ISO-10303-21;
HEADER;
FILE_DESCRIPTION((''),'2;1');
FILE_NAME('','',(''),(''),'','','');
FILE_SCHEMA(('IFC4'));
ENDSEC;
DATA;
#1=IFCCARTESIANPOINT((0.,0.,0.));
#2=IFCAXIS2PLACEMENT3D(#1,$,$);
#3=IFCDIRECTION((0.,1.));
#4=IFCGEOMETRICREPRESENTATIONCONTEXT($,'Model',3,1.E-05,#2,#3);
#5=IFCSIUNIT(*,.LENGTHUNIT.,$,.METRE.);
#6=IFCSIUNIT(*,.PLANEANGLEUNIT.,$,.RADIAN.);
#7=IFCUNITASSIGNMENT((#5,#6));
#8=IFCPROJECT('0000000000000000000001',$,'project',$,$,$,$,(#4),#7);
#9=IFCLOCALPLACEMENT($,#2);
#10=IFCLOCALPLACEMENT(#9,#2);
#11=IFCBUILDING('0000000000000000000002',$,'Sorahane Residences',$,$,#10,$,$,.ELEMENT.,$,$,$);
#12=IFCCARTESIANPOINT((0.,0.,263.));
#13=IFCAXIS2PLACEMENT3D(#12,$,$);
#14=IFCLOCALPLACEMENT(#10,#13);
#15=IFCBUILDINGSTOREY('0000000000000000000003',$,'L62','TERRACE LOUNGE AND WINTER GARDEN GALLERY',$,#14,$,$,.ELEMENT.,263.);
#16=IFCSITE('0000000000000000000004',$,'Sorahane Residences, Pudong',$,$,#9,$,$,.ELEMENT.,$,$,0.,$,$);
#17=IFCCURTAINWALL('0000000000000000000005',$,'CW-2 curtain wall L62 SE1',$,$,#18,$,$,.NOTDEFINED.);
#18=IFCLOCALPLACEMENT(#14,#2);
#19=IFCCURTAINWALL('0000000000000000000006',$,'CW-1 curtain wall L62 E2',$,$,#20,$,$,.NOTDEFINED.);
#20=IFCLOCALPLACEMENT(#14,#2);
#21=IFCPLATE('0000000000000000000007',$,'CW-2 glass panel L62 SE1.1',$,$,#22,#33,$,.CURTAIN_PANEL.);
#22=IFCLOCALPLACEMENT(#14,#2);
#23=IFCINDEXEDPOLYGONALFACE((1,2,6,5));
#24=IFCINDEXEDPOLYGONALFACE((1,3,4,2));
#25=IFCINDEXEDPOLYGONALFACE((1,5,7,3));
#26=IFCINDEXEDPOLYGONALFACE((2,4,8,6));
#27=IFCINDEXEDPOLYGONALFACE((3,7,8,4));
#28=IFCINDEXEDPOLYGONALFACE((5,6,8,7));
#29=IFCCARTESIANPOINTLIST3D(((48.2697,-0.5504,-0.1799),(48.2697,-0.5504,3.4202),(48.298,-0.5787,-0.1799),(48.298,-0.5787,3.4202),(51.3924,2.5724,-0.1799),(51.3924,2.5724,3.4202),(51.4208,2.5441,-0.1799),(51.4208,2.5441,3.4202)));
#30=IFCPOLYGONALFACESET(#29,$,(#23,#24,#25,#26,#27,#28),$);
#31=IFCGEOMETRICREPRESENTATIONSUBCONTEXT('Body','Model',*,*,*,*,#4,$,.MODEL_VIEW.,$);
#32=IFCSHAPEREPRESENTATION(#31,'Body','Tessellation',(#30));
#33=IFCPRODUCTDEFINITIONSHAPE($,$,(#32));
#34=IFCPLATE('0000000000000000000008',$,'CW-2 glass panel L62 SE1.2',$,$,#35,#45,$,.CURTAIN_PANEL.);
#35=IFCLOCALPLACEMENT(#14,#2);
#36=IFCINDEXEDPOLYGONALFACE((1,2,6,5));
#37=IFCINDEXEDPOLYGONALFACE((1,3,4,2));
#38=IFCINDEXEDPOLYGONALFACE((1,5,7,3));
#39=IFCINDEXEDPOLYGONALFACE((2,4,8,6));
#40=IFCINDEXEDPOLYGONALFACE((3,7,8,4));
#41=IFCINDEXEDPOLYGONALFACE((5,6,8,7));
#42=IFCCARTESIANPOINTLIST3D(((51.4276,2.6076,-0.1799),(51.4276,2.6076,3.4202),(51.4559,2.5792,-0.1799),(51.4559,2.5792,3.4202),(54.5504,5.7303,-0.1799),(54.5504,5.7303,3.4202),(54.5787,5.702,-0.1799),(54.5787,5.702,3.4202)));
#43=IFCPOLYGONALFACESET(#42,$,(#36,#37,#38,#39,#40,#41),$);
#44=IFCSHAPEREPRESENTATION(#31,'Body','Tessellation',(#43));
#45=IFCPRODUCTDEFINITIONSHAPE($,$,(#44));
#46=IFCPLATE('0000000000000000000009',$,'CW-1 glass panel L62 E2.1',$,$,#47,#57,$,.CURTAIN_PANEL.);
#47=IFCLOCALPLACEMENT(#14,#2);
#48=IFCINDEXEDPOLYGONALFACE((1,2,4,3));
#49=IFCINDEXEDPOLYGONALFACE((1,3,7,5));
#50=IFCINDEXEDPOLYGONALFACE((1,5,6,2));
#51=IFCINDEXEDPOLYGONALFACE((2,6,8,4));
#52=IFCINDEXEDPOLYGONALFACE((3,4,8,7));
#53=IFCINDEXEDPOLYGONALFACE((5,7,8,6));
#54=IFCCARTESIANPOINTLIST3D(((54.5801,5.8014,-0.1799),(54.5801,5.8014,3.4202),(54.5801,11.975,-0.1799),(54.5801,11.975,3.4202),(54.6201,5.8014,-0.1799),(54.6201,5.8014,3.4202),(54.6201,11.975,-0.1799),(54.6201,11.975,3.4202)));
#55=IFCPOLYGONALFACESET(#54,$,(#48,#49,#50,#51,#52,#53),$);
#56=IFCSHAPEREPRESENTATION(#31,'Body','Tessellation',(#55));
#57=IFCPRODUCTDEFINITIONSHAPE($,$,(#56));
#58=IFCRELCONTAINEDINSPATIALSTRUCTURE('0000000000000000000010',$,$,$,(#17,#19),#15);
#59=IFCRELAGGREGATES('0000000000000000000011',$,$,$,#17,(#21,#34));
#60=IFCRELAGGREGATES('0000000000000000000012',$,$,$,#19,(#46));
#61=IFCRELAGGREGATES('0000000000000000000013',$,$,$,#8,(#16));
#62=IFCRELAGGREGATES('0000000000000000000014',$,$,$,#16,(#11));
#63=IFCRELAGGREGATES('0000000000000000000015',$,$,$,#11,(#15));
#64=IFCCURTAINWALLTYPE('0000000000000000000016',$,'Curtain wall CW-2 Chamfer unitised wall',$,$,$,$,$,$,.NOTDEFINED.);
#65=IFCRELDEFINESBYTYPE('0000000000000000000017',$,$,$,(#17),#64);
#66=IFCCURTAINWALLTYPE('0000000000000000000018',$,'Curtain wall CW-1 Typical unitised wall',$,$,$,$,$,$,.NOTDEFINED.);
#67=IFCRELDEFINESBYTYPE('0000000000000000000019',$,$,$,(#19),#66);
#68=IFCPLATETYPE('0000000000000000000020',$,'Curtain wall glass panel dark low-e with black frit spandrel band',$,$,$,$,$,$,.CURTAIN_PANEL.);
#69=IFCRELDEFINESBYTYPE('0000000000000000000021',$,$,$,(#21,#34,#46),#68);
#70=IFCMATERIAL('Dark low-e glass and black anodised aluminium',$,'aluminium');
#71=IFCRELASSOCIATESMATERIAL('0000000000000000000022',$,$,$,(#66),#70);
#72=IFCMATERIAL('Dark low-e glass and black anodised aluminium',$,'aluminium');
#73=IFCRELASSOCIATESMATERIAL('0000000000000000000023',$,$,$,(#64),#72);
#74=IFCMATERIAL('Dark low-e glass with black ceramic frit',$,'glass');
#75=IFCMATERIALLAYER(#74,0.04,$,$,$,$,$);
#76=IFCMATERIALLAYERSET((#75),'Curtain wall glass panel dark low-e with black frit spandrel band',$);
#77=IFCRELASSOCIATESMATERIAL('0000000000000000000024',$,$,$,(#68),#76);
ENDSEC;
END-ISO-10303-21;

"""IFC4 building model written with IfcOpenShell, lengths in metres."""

from ifc_helpers import new_model, si_unit, direction, frame, origin, origin_2d, place, context, subcontext, project, spatial, rectangle, extrude, material, layer, layer_set, type_object, element, aggregate, save


model = new_model("IFC4")

# Units and contexts
model_context = context("Model", 3, precision=1e-05, world=origin(), true_north=direction((0.0, 1.0)))
body_context = subcontext(model_context, "Body", "Model", "MODEL_VIEW")
ifc_project = project(units=[si_unit("LENGTHUNIT", "METRE"), si_unit("PLANEANGLEUNIT", "RADIAN")], contexts=[model_context])

# Site, building, storey
site_placement = place(None, origin())
site = spatial("IfcSite", under=ifc_project, at=site_placement, Name="Sorahane Residences, Pudong", CompositionType="ELEMENT", RefElevation=0.0)
building_placement = place(site_placement, origin())
building = spatial("IfcBuilding", under=site, at=building_placement, Name="Sorahane Residences", CompositionType="ELEMENT")
storey_placement = place(building_placement, frame((0.0, 0.0, 263.0)))
storey = spatial("IfcBuildingStorey", under=building, at=storey_placement, Name="L62", Description="TERRACE LOUNGE AND WINTER GARDEN GALLERY", CompositionType="ELEMENT", Elevation=263.0)

# Shared definitions
ifc_material_1 = material(Name="Dark low-e glass and black anodised aluminium", Category="aluminium")
curtain_wall_type_1 = type_object("IfcCurtainWallType", Name="Curtain wall CW-1 Typical unitised wall", PredefinedType="NOTDEFINED", material=ifc_material_1)

# Curtain wall
ifc_material_2 = material(Name="Dark low-e glass and black anodised aluminium", Category="aluminium")
curtain_wall_type_2 = type_object("IfcCurtainWallType", Name="Curtain wall CW-2 Chamfer unitised wall", PredefinedType="NOTDEFINED", material=ifc_material_2)
curtain_wall_1_placement = place(storey_placement, origin())
curtain_wall_1 = element("IfcCurtainWall", 1, at=curtain_wall_1_placement, inside=storey, type_object=curtain_wall_type_2, Name="CW-2 curtain wall L62 SE1", PredefinedType="NOTDEFINED")

# Curtain wall
curtain_wall_2_placement = place(storey_placement, origin())
curtain_wall_2 = element("IfcCurtainWall", 2, at=curtain_wall_2_placement, inside=storey, type_object=curtain_wall_type_1, Name="CW-1 curtain wall L62 E2", PredefinedType="NOTDEFINED")

# Shared definitions
ifc_material_3 = material(Name="Dark low-e glass with black ceramic frit", Category="glass")
ifc_layer = layer(ifc_material_3, 0.04)
ifc_layer_set = layer_set([ifc_layer], Name="Curtain wall glass panel dark low-e with black frit spandrel band")
plate_type = type_object("IfcPlateType", Name="Curtain wall glass panel dark low-e with black frit spandrel band", PredefinedType="CURTAIN_PANEL", material=ifc_layer_set)

# Plates
plate_1_placement = place(storey_placement, frame((49.8452, 0.9968, -0.1799), z_axis=(0.0, 0.0, 1.0), x_axis=(0.707107, 0.707107, 0.0)))
plate_1 = element("IfcPlate", 3, at=plate_1_placement, type_object=plate_type, Name="CW-2 glass panel L62 SE1.1", PredefinedType="CURTAIN_PANEL", context=body_context, shape_type="SweptSolid", body=[
    extrude(rectangle(XDim=4.4163, YDim=0.04, at=origin_2d()), origin(), (0.0, 0.0, 1.0), 3.6001),
])
plate_2_placement = place(storey_placement, frame((53.0032, 4.1548, -0.1799), z_axis=(0.0, 0.0, 1.0), x_axis=(0.707107, 0.707107, 0.0)))
plate_2 = element("IfcPlate", 4, at=plate_2_placement, type_object=plate_type, Name="CW-2 glass panel L62 SE1.2", PredefinedType="CURTAIN_PANEL", context=body_context, shape_type="SweptSolid", body=[
    extrude(rectangle(XDim=4.4163, YDim=0.04, at=origin_2d()), origin(), (0.0, 0.0, 1.0), 3.6001),
])
aggregate(curtain_wall_1, [plate_1, plate_2])
plate_3_placement = place(storey_placement, frame((54.6001, 8.8882, -0.1799), z_axis=(0.0, 0.0, 1.0), x_axis=(0.0, 1.0, 0.0)))
plate_3 = element("IfcPlate", 5, at=plate_3_placement, type_object=plate_type, Name="CW-1 glass panel L62 E2.1", PredefinedType="CURTAIN_PANEL", context=body_context, shape_type="SweptSolid", body=[
    extrude(rectangle(XDim=6.1736, YDim=0.04, at=origin_2d()), origin(), (0.0, 0.0, 1.0), 3.6001),
])
aggregate(curtain_wall_2, [plate_3])

save(model, "model.ifc")
